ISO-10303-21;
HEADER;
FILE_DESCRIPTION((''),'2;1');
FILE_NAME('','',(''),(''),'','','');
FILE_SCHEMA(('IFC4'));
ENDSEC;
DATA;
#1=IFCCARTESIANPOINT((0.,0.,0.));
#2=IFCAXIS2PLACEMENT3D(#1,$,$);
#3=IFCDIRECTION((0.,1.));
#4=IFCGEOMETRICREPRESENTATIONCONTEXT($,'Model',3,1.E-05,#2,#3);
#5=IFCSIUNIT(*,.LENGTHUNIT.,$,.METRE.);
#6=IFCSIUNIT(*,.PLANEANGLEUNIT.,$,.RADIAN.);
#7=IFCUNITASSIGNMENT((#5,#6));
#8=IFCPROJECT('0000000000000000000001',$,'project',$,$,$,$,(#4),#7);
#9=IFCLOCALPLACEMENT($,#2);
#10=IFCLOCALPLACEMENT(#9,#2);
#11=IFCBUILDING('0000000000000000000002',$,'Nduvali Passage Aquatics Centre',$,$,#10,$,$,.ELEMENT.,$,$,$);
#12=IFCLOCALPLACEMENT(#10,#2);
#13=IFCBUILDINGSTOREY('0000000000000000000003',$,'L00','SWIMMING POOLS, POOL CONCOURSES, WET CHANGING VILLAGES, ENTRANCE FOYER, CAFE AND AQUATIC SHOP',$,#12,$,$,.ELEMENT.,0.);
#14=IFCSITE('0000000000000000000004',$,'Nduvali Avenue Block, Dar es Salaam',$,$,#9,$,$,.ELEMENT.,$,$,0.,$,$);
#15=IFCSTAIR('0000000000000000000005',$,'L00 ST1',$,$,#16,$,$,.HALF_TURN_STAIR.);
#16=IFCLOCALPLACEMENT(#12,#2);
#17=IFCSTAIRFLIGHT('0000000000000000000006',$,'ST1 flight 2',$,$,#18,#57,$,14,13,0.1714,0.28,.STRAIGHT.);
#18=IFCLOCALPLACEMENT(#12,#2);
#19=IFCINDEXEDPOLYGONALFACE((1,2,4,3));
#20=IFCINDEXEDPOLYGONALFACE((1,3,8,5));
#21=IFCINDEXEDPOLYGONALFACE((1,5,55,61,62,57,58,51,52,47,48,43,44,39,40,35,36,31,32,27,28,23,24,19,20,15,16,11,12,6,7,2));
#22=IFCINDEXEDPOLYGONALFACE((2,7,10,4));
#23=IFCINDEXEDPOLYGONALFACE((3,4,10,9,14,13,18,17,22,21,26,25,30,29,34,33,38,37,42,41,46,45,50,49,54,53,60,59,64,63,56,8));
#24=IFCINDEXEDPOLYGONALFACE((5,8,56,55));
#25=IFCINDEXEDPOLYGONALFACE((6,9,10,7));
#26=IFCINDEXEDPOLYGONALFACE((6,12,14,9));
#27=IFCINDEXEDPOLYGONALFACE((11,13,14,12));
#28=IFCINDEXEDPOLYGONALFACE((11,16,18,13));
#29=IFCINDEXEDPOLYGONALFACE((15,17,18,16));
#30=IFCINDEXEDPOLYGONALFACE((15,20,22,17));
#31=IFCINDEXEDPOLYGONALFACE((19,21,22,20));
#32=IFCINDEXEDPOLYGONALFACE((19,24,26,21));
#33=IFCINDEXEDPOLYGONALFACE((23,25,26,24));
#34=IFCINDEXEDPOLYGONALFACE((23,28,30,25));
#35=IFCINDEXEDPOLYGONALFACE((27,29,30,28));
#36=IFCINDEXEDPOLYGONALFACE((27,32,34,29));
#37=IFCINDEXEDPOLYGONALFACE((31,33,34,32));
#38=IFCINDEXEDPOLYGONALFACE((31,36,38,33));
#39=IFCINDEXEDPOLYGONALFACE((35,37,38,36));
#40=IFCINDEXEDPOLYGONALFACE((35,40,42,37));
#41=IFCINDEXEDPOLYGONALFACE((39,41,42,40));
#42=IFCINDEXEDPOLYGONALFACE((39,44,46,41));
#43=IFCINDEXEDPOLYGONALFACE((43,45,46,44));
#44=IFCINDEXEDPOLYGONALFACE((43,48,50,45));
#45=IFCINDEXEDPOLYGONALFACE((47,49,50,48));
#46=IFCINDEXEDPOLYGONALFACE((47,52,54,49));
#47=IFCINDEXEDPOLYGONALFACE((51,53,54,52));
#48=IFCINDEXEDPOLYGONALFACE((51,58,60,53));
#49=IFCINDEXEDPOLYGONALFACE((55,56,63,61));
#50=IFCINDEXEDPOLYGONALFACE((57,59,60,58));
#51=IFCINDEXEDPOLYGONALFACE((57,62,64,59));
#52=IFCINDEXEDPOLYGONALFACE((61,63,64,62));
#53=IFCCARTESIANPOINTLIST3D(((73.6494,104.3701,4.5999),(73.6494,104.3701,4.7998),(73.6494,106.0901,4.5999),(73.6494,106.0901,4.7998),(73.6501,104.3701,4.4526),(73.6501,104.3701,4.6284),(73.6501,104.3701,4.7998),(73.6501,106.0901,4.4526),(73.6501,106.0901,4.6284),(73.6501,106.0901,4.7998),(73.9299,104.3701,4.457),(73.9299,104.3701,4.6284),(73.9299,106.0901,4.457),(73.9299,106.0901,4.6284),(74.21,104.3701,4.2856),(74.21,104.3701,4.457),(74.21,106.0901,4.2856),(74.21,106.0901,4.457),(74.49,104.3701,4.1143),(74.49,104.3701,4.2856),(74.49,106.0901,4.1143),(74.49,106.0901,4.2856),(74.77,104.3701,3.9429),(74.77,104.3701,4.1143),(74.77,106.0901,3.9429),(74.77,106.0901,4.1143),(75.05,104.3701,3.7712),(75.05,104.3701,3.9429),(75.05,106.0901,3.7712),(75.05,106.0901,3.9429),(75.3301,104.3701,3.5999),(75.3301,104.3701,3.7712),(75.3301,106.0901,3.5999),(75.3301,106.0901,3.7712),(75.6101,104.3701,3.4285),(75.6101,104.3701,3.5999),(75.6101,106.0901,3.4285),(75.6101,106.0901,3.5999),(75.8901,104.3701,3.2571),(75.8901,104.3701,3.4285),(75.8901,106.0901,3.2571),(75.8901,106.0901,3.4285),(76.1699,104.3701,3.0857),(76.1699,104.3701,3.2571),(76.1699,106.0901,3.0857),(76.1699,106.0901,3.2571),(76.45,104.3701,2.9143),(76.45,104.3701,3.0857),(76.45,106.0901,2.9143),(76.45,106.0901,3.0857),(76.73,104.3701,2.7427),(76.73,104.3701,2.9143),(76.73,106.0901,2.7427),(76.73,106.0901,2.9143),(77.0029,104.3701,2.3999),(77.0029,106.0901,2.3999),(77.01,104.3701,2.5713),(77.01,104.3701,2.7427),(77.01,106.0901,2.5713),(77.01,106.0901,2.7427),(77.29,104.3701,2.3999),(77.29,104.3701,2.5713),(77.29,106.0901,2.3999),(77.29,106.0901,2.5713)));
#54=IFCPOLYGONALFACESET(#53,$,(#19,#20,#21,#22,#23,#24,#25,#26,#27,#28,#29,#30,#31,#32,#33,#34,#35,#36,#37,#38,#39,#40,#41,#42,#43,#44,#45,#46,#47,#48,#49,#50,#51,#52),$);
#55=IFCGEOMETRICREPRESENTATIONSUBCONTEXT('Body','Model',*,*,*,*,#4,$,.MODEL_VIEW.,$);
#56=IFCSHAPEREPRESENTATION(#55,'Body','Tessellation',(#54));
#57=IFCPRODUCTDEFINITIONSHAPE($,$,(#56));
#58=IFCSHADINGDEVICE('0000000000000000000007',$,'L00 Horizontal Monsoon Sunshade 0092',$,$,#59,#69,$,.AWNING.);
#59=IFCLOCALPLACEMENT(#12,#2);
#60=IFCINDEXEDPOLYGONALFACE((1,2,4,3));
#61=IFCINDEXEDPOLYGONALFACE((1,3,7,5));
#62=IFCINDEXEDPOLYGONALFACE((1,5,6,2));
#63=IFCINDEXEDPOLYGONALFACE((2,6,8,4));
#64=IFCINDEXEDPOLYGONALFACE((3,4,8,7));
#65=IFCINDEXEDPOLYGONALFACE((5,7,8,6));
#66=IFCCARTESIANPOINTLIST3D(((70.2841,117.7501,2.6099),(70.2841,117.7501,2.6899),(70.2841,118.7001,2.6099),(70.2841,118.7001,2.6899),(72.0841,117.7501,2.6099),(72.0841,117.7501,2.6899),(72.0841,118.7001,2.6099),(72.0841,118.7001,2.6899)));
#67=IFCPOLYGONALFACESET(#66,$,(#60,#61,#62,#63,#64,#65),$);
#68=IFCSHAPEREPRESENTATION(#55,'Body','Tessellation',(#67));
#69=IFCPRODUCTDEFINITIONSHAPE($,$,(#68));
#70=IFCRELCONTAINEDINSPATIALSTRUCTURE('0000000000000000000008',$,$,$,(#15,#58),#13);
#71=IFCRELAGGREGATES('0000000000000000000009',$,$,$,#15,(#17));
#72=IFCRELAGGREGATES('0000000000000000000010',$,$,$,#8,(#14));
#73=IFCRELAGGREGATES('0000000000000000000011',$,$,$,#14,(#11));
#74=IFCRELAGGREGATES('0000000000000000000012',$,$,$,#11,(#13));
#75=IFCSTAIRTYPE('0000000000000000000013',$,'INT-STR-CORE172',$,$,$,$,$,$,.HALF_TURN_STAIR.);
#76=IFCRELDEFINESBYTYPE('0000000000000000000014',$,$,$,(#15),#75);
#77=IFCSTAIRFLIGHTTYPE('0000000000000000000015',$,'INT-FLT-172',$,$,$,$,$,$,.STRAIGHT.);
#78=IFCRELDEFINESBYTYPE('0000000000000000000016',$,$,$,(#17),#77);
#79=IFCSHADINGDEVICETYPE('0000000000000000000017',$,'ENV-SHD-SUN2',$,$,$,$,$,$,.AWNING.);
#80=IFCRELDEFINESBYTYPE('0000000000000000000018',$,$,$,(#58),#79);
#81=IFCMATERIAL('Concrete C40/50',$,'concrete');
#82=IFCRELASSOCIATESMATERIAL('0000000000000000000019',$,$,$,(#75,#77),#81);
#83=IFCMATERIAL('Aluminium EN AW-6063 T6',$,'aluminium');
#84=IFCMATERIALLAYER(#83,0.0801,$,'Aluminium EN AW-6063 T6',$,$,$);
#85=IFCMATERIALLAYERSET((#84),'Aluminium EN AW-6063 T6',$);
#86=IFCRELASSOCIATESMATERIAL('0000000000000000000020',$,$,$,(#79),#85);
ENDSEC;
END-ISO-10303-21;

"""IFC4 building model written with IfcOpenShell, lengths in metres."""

from ifc_helpers import new_model, si_unit, direction, frame, origin, origin_2d, place, context, subcontext, project, spatial, polyline, rectangle, outline, extrude, material, layer, layer_set, type_object, element, aggregate, save


model = new_model("IFC4")

# Units and contexts
model_context = context("Model", 3, precision=1e-05, world=origin(), true_north=direction((0.0, 1.0)))
body_context = subcontext(model_context, "Body", "Model", "MODEL_VIEW")
ifc_project = project(units=[si_unit("LENGTHUNIT", "METRE"), si_unit("PLANEANGLEUNIT", "RADIAN")], contexts=[model_context])

# Site, building, storey
site_placement = place(None, origin())
site = spatial("IfcSite", under=ifc_project, at=site_placement, Name="Nduvali Avenue Block, Dar es Salaam", CompositionType="ELEMENT", RefElevation=0.0)
building_placement = place(site_placement, origin())
building = spatial("IfcBuilding", under=site, at=building_placement, Name="Nduvali Passage Aquatics Centre", CompositionType="ELEMENT")
storey_placement = place(building_placement, origin())
storey = spatial("IfcBuildingStorey", under=building, at=storey_placement, Name="L00", Description="SWIMMING POOLS, POOL CONCOURSES, WET CHANGING VILLAGES, ENTRANCE FOYER, CAFE AND AQUATIC SHOP", CompositionType="ELEMENT", Elevation=0.0)

# Shared definitions
ifc_material_1 = material(Name="Concrete C40/50", Category="concrete")

# Shared definitions
ifc_material_2 = material(Name="Aluminium EN AW-6063 T6", Category="aluminium")

# Stair, stair flight
stair_type = type_object("IfcStairType", Name="INT-STR-CORE172", PredefinedType="HALF_TURN_STAIR", material=ifc_material_1)
stair_placement = place(storey_placement, origin())
stair = element("IfcStair", 1, at=stair_placement, inside=storey, type_object=stair_type, Name="L00 ST1", PredefinedType="HALF_TURN_STAIR")
stair_flight_type = type_object("IfcStairFlightType", Name="INT-FLT-172", PredefinedType="STRAIGHT", material=ifc_material_1)
stair_flight_1_placement = place(storey_placement, frame((77.29, 105.23, 2.3999), z_axis=(0.0, 0.0, 1.0), x_axis=(-1.0, 0.0, 0.0)))
stair_flight_1 = element("IfcStairFlight", 2, at=stair_flight_1_placement, type_object=stair_flight_type, Name="ST1 flight 2", NumberOfRisers=14, NumberOfTreads=13, PredefinedType="STRAIGHT", RiserHeight=0.1714, TreadLength=0.28, context=body_context, shape_type="SweptSolid", body=[
    extrude(outline(polyline([(0.0, 0.0), (0.0, 0.1714), (0.28, 0.1714), (0.28, 0.3428), (0.5601, 0.3428), (0.5601, 0.5144), (0.8401, 0.5144), (0.8401, 0.6858), (1.1201, 0.6858), (1.1201, 0.8572), (1.3999, 0.8572), (1.3999, 1.0286), (1.6799, 1.0286), (1.6799, 1.2), (1.96, 1.2), (1.96, 1.3713), (2.24, 1.3713), (2.24, 1.543), (2.52, 1.543), (2.52, 1.7144), (2.8, 1.7144), (2.8, 1.8857), (3.0801, 1.8857), (3.0801, 2.0571), (3.3601, 2.0571), (3.3601, 2.2285), (3.6399, 2.2285), (3.6399, 2.3999), (3.6406, 2.3999), (3.6406, 2.2), (3.6399, 2.0527), (0.2871, 0.0), (0.0, 0.0)])), frame((0.0, 0.8599, 0.0), z_axis=(0.0, -1.0, 0.0), x_axis=(1.0, 0.0, 0.0)), (0.0, 0.0, 1.0), 1.72),
])
aggregate(stair, [stair_flight_1])

# Shading device
ifc_layer_1 = layer(ifc_material_2, 0.0801, Name="Aluminium EN AW-6063 T6")
ifc_layer_set_1 = layer_set([ifc_layer_1], Name="Aluminium EN AW-6063 T6")
shading_device_type = type_object("IfcShadingDeviceType", Name="ENV-SHD-SUN2", PredefinedType="AWNING", material=ifc_layer_set_1)
shading_device_placement = place(storey_placement, frame((71.1841, 118.2251, 2.6099), z_axis=(0.0, 0.0, 1.0), x_axis=(-1.0, 0.0, 0.0)))
element("IfcShadingDevice", 3, at=shading_device_placement, inside=storey, type_object=shading_device_type, Name="L00 Horizontal Monsoon Sunshade 0092", PredefinedType="AWNING", context=body_context, shape_type="SweptSolid", body=[
    extrude(rectangle(XDim=1.8, YDim=0.95, at=origin_2d()), origin(), (0.0, 0.0, 1.0), 0.0801),
])

save(model, "model.ifc")
